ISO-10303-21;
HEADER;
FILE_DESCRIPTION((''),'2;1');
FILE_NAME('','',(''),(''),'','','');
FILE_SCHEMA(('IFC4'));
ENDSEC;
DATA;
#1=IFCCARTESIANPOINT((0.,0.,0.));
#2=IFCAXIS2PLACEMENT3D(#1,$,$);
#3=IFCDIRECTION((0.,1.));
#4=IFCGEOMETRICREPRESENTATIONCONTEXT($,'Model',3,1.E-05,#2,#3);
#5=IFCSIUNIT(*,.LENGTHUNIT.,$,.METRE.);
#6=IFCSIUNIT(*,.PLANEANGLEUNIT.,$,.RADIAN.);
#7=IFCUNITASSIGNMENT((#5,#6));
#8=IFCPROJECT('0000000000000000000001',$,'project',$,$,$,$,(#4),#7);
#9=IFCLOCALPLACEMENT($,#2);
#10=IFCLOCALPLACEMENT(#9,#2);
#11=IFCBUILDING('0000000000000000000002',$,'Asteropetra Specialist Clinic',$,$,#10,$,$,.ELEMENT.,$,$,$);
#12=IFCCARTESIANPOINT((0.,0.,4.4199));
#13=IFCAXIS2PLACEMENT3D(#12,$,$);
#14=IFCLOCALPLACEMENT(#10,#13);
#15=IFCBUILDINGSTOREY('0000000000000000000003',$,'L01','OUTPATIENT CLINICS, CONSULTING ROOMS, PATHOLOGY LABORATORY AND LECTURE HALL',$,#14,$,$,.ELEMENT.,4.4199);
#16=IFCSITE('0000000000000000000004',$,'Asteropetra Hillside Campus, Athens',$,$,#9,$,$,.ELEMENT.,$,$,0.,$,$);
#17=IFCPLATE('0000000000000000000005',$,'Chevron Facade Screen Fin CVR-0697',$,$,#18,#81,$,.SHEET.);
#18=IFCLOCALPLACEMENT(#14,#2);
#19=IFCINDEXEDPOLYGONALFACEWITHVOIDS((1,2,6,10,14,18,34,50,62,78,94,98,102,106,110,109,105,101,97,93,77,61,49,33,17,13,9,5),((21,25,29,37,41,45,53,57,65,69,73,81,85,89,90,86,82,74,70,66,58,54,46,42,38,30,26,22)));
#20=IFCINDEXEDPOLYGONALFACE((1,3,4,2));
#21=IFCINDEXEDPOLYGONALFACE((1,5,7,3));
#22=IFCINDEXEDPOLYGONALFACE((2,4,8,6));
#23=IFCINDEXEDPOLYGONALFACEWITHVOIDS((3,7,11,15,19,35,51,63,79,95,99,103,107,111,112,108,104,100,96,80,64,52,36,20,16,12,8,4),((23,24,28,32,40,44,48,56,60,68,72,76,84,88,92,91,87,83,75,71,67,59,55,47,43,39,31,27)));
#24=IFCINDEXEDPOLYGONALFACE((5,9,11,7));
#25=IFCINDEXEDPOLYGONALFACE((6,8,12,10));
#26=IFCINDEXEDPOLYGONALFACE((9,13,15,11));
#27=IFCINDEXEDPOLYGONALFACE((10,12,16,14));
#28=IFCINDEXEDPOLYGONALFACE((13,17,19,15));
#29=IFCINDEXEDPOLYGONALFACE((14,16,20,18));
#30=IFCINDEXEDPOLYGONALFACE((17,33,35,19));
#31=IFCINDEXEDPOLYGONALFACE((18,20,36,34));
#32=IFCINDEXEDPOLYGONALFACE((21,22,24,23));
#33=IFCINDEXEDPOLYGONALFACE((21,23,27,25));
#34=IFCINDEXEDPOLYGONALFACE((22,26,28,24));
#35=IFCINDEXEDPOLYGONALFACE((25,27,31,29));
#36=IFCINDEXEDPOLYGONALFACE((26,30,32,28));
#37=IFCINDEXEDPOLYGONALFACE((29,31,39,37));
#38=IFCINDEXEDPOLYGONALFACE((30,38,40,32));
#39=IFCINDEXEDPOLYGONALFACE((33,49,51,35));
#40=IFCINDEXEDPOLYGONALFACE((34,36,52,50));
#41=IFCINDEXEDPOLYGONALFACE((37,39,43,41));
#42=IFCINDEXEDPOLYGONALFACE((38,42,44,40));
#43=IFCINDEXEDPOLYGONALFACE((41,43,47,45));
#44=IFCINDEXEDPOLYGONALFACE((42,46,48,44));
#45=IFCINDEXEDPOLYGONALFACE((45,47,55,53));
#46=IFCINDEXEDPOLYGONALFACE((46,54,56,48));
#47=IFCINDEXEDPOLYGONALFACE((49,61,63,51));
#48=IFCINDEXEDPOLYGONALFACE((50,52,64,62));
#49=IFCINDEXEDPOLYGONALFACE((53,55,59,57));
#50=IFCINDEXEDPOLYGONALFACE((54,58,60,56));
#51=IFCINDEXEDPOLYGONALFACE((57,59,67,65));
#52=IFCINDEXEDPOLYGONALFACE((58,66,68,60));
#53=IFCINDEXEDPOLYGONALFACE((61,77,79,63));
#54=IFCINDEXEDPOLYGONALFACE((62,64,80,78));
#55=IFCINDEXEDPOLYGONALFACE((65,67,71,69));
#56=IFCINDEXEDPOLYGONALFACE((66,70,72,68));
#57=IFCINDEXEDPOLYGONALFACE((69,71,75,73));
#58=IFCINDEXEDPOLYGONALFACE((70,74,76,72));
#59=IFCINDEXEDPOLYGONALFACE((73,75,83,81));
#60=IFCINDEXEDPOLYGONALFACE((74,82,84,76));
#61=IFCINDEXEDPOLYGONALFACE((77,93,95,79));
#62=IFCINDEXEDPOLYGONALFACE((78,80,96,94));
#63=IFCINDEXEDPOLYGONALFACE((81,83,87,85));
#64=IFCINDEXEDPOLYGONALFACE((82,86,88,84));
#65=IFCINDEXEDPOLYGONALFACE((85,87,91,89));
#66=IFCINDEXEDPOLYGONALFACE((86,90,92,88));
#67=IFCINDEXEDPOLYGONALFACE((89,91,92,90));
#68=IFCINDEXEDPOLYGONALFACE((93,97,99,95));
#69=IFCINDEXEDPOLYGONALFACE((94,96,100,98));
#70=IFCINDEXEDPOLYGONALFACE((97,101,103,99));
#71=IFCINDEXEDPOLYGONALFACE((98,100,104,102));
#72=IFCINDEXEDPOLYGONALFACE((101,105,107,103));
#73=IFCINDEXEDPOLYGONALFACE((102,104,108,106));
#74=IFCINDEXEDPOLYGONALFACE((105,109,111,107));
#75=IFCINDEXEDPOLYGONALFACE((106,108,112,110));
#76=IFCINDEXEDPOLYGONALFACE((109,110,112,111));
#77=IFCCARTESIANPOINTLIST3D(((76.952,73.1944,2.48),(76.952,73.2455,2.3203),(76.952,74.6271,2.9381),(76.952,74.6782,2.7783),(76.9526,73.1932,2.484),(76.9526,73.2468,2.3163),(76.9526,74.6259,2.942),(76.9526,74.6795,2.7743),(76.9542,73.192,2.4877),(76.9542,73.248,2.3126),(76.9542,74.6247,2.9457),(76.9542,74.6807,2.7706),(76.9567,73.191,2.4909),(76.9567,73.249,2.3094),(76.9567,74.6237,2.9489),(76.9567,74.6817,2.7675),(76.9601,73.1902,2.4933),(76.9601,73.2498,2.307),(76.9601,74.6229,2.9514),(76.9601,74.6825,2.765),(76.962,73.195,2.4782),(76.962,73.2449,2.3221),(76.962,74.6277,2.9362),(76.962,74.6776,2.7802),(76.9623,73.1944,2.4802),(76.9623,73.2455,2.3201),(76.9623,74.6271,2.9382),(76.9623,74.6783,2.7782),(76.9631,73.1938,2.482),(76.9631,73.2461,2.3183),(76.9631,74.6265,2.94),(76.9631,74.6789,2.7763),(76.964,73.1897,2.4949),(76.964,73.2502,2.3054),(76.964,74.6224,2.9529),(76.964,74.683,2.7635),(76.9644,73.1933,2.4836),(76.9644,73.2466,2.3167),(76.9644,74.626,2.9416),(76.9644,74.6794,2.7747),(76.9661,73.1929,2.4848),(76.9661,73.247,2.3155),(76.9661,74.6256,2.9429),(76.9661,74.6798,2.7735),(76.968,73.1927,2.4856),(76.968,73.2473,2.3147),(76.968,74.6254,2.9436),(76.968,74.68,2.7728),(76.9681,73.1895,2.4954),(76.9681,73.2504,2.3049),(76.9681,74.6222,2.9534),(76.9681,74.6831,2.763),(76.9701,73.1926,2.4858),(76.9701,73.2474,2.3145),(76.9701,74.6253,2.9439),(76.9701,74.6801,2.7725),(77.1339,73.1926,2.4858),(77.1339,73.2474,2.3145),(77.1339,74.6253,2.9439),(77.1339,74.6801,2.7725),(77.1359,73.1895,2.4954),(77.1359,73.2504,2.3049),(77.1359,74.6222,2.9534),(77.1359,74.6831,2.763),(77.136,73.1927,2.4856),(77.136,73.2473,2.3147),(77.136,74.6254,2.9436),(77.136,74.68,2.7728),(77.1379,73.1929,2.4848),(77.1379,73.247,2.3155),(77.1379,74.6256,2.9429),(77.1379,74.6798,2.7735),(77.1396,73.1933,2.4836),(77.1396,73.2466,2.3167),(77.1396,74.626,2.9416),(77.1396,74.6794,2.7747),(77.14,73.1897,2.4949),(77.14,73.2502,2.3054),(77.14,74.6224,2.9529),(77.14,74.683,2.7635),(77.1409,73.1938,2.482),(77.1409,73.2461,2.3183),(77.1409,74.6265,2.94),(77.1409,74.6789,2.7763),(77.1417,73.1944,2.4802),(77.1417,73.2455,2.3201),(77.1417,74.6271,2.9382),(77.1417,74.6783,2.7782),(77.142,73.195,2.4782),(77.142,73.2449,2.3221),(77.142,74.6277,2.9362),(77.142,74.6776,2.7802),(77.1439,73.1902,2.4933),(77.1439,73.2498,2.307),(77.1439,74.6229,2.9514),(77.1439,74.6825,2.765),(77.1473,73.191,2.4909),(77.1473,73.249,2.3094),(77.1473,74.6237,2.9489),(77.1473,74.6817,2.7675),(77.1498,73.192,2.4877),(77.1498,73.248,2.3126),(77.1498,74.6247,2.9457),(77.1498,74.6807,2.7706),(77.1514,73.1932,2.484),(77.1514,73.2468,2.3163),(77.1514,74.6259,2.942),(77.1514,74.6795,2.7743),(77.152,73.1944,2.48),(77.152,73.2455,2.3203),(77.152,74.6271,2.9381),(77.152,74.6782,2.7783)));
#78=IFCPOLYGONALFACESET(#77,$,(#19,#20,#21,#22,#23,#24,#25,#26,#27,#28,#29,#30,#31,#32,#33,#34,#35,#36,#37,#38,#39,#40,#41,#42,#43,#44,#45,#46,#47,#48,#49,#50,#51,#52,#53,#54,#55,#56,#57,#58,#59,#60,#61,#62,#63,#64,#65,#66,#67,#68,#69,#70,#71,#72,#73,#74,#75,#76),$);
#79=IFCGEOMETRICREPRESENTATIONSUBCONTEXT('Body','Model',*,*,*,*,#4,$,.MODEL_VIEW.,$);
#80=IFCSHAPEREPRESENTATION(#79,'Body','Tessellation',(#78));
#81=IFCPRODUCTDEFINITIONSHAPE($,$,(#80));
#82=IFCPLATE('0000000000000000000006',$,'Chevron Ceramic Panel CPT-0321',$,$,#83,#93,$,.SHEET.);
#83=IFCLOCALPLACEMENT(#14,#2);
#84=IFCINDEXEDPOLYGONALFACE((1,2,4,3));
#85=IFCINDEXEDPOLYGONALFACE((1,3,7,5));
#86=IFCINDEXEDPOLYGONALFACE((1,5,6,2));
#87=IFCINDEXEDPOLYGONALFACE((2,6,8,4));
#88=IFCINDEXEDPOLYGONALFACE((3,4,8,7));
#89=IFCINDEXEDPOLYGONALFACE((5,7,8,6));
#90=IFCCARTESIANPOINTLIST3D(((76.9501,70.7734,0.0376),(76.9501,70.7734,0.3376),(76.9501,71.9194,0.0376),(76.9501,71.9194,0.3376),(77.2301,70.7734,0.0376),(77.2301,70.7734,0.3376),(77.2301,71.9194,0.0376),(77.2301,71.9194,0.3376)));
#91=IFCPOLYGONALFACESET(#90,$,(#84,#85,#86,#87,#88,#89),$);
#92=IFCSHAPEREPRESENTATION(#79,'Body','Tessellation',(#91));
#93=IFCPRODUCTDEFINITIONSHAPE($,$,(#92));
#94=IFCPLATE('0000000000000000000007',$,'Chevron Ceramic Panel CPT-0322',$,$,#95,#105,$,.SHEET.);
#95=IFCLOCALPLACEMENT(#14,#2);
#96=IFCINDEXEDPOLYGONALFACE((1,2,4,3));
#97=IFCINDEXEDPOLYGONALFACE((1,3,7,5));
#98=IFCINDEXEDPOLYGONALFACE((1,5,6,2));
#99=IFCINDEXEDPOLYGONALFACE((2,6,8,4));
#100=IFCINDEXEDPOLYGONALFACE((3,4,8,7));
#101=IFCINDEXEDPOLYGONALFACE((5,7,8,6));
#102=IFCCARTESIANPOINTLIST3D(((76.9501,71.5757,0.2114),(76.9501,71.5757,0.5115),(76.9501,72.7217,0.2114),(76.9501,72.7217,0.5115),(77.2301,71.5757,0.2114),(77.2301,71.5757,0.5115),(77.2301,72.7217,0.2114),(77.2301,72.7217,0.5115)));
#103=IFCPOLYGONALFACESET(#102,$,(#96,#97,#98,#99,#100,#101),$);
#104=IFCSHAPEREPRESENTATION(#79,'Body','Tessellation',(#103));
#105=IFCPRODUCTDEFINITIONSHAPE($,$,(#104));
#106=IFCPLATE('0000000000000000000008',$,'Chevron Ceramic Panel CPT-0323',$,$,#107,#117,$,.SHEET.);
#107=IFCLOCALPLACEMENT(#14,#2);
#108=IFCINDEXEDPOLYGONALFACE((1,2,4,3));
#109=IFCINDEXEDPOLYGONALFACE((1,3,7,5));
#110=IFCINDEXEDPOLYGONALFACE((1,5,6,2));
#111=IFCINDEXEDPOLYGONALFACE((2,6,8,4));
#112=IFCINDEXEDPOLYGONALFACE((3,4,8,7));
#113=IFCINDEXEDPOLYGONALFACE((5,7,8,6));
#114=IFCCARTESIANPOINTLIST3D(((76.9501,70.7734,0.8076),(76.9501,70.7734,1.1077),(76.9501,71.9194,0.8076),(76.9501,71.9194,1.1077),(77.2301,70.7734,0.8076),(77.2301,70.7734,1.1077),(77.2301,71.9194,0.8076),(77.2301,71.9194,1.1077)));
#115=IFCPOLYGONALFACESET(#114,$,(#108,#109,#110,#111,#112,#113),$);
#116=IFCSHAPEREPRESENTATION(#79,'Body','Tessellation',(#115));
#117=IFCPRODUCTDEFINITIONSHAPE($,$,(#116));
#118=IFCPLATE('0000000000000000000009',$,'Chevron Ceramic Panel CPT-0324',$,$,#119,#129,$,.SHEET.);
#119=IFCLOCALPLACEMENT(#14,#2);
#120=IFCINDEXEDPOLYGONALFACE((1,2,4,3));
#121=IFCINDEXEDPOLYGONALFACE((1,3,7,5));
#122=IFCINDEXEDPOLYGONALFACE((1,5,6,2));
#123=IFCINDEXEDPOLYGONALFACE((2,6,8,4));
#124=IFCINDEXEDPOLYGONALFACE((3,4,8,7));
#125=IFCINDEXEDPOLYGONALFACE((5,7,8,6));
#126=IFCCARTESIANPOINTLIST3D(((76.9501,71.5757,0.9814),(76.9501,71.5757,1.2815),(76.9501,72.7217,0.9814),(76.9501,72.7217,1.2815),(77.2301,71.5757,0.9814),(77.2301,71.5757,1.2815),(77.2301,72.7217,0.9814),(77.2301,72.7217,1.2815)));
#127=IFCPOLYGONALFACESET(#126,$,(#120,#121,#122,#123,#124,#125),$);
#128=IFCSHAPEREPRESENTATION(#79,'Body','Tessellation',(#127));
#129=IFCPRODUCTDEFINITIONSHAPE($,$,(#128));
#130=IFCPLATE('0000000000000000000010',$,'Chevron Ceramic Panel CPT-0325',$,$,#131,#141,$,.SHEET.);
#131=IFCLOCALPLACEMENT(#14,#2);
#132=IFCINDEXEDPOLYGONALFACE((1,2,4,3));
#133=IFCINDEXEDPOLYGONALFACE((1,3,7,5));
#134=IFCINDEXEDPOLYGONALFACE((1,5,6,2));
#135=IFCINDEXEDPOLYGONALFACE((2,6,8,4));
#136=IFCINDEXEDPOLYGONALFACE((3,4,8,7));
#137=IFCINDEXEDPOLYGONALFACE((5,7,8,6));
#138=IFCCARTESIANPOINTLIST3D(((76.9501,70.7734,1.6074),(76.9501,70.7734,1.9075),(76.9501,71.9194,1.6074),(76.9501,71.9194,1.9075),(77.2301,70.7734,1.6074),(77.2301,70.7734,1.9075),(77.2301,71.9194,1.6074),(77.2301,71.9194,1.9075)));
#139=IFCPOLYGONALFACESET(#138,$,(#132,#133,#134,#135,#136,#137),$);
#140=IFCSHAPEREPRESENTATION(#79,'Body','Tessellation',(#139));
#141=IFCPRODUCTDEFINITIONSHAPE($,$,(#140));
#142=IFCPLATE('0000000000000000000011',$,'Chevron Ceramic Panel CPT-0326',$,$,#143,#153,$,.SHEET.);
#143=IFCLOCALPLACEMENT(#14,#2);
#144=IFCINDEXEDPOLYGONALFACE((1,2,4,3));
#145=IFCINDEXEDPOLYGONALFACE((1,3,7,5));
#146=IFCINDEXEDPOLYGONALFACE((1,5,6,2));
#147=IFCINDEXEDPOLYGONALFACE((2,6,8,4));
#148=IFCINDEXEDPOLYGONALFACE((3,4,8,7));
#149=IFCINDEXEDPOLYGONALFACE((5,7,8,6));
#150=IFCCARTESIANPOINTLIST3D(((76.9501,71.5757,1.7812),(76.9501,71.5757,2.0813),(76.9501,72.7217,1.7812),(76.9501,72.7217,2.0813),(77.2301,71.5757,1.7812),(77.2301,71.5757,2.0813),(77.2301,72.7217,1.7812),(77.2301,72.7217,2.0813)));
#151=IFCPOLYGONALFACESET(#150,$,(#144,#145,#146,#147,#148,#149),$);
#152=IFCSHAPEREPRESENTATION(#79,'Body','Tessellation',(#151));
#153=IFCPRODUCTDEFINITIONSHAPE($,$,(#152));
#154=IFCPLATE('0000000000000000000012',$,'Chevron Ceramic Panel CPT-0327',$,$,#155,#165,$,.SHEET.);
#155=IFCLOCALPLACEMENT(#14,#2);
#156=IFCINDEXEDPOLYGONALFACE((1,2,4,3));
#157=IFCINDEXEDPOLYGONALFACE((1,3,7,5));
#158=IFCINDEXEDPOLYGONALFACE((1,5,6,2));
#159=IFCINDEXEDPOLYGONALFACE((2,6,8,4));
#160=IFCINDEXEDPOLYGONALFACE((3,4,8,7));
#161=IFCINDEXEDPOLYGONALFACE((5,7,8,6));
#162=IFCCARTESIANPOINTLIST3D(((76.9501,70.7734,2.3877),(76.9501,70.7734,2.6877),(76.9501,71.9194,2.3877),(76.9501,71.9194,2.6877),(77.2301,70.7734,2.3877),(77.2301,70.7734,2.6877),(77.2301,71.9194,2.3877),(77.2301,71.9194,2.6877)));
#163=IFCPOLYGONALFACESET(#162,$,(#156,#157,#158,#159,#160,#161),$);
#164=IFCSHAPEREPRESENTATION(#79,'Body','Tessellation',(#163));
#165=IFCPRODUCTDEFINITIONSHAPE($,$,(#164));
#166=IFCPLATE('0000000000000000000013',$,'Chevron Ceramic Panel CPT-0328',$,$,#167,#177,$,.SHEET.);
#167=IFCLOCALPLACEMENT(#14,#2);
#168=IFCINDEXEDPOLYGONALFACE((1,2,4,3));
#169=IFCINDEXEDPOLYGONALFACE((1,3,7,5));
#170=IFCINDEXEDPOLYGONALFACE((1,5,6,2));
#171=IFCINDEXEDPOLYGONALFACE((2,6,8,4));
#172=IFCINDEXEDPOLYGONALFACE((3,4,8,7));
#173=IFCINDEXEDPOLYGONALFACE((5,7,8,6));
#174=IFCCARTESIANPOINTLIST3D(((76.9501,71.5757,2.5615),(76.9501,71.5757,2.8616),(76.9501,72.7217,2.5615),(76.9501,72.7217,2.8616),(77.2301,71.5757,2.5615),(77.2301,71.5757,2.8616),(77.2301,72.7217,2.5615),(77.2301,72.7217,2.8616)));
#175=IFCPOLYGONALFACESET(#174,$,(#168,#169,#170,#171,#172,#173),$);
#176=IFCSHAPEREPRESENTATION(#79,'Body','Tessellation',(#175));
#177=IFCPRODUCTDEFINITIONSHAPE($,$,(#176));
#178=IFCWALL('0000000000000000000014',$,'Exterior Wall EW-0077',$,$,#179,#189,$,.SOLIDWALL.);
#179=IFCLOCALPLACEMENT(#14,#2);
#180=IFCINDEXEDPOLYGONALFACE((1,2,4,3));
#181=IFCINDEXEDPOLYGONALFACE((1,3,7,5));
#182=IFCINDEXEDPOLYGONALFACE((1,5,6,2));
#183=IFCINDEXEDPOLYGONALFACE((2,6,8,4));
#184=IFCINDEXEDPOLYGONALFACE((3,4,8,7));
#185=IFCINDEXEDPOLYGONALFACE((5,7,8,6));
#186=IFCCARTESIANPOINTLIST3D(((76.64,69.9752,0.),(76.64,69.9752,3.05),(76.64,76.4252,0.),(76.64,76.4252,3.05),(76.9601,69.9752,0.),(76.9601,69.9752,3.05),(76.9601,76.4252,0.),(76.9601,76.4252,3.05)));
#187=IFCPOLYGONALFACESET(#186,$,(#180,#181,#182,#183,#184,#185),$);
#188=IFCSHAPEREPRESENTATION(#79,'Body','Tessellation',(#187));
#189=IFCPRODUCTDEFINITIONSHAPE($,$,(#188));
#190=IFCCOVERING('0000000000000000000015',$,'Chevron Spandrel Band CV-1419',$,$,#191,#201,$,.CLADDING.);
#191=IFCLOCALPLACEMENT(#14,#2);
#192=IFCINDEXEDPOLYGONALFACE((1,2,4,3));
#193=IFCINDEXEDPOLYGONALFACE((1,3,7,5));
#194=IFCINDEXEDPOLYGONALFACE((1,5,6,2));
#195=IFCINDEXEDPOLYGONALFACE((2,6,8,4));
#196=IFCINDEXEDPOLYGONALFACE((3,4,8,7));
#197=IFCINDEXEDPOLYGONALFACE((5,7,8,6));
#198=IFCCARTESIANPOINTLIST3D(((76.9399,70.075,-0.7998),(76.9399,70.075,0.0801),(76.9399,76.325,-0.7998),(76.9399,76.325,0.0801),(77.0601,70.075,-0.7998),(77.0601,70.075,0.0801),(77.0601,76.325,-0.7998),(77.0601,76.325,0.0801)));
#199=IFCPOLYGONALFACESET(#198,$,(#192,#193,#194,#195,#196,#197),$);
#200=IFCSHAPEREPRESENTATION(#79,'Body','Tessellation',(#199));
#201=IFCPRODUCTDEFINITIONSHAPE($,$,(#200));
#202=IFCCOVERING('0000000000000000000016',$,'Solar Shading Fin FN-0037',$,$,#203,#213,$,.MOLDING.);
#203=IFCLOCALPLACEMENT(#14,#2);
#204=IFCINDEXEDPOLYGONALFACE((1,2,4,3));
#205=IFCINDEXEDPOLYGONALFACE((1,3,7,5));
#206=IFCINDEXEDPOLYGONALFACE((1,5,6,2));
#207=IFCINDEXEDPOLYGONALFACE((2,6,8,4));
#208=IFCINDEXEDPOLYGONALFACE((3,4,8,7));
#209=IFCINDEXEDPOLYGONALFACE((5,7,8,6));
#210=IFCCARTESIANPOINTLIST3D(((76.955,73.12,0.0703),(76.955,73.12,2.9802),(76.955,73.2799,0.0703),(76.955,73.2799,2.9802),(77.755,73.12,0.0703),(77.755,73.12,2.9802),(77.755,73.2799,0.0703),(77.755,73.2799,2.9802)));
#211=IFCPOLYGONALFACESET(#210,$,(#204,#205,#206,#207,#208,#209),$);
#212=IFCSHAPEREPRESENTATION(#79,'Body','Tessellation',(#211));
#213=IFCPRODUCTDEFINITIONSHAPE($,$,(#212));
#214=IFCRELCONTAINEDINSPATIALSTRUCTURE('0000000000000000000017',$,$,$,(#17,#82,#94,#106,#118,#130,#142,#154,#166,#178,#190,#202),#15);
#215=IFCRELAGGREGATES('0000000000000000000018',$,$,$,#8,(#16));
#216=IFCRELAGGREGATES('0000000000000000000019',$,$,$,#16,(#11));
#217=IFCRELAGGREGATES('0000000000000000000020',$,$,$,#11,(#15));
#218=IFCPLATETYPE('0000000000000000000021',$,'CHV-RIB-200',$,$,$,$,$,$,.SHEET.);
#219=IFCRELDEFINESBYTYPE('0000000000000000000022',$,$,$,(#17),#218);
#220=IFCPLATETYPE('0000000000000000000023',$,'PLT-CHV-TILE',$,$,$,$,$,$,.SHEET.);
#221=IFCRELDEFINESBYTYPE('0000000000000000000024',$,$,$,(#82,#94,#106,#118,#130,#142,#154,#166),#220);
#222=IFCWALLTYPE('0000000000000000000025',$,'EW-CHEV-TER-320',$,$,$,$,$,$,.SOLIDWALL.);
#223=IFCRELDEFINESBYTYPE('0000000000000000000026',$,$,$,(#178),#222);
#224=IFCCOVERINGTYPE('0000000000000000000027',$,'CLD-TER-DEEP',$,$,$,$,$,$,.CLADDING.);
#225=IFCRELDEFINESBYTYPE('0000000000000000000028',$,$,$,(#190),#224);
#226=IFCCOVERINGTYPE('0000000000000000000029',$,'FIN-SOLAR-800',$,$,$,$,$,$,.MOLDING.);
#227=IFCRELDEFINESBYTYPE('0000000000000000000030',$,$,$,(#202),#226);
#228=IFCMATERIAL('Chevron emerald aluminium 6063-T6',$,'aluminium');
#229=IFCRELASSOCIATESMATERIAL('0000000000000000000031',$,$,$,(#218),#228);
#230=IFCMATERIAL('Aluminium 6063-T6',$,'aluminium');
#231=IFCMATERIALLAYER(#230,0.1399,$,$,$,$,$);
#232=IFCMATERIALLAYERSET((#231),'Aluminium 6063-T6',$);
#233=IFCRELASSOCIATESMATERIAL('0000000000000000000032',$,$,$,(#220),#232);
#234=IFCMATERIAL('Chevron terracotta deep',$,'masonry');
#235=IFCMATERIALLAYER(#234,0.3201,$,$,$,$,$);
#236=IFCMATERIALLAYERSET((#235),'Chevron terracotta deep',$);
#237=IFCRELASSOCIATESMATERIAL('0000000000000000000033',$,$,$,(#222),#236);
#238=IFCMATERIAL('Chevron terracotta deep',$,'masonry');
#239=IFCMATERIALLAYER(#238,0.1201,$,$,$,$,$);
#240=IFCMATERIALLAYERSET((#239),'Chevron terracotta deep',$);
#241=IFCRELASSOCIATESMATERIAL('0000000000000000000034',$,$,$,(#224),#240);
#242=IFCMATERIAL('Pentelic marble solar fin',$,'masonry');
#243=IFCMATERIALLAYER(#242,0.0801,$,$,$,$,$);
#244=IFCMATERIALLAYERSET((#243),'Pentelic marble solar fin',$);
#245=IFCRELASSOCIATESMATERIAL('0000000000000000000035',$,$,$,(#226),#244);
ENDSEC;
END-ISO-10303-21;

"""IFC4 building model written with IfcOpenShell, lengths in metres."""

from ifc_helpers import new_model, si_unit, direction, frame, frame_2d, origin, origin_2d, place, context, subcontext, project, spatial, rectangle, hollow_rectangle, extrude, material, layer, layer_set, material_profile, profile_set, type_object, element, save


model = new_model("IFC4")

# Units and contexts
model_context = context("Model", 3, precision=1e-05, world=origin(), true_north=direction((0.0, 1.0)))
body_context = subcontext(model_context, "Body", "Model", "MODEL_VIEW")
ifc_project = project(units=[si_unit("LENGTHUNIT", "METRE"), si_unit("PLANEANGLEUNIT", "RADIAN")], contexts=[model_context])

# Site, building, storey
site_placement = place(None, origin())
site = spatial("IfcSite", under=ifc_project, at=site_placement, Name="Asteropetra Hillside Campus, Athens", CompositionType="ELEMENT", RefElevation=0.0)
building_placement = place(site_placement, origin())
building = spatial("IfcBuilding", under=site, at=building_placement, Name="Asteropetra Specialist Clinic", CompositionType="ELEMENT")
storey_placement = place(building_placement, frame((0.0, 0.0, 4.4199)))
storey = spatial("IfcBuildingStorey", under=building, at=storey_placement, Name="L01", Description="OUTPATIENT CLINICS, CONSULTING ROOMS, PATHOLOGY LABORATORY AND LECTURE HALL", CompositionType="ELEMENT", Elevation=4.4199)

# Plates
ifc_material_1 = material(Name="Chevron emerald aluminium 6063-T6", Category="aluminium")
ifc_material_profile = material_profile(ifc_material_1, hollow_rectangle(XDim=0.2, YDim=0.2, WallThickness=0.01, InnerFilletRadius=0.0081, OuterFilletRadius=0.0161, at=origin_2d()), Name="SHS 200x200x10.0")
ifc_profile_set = profile_set([ifc_material_profile], Name="Chevron emerald aluminium 6063-T6")
plate_type_1 = type_object("IfcPlateType", Name="CHV-RIB-200", PredefinedType="SHEET", material=ifc_profile_set)
for number, where, z_axis, x_axis, name in (
    (1, (77.052, 73.22, 2.4001), (0.0, 0.952507, 0.304517), (-1.0, 0.0, 0.0), "Chevron Facade Screen Fin CVR-0697"),
):
    element("IfcPlate", number, at=place(storey_placement, frame(where, z_axis=z_axis, x_axis=x_axis)), inside=storey, type_object=plate_type_1, Name=name, PredefinedType="SHEET", context=body_context, shape_type="SweptSolid", body=[
        extrude(hollow_rectangle(XDim=0.2, YDim=0.2, WallThickness=0.01, InnerFilletRadius=0.0081, OuterFilletRadius=0.0161, at=origin_2d()), origin(), (0.0, 0.0, 1.0), 1.5042),
    ])
ifc_material_2 = material(Name="Aluminium 6063-T6", Category="aluminium")
ifc_layer_1 = layer(ifc_material_2, 0.1399)
ifc_layer_set_1 = layer_set([ifc_layer_1], Name="Aluminium 6063-T6")
plate_type_2 = type_object("IfcPlateType", Name="PLT-CHV-TILE", PredefinedType="SHEET", material=ifc_layer_set_1)
for number, where, z_axis, x_axis, name in (
    (2, (77.0901, 71.3464, 0.0376), (0.0, 0.0, 1.0), (1.0, 0.0, 0.0), "Chevron Ceramic Panel CPT-0321"),
    (3, (77.0901, 72.1487, 0.2114), (0.0, 0.0, 1.0), (1.0, 0.0, 0.0), "Chevron Ceramic Panel CPT-0322"),
    (4, (77.0901, 71.3464, 0.8076), (0.0, 0.0, 1.0), (1.0, 0.0, 0.0), "Chevron Ceramic Panel CPT-0323"),
    (5, (77.0901, 72.1487, 0.9814), (0.0, 0.0, 1.0), (1.0, 0.0, 0.0), "Chevron Ceramic Panel CPT-0324"),
    (6, (77.0901, 71.3464, 1.6074), (0.0, 0.0, 1.0), (1.0, 0.0, 0.0), "Chevron Ceramic Panel CPT-0325"),
    (7, (77.0901, 72.1487, 1.7812), (0.0, 0.0, 1.0), (1.0, 0.0, 0.0), "Chevron Ceramic Panel CPT-0326"),
    (8, (77.0901, 71.3464, 2.3877), (0.0, 0.0, 1.0), (1.0, 0.0, 0.0), "Chevron Ceramic Panel CPT-0327"),
    (9, (77.0901, 72.1487, 2.5615), (0.0, 0.0, 1.0), (1.0, 0.0, 0.0), "Chevron Ceramic Panel CPT-0328"),
):
    element("IfcPlate", number, at=place(storey_placement, frame(where, z_axis=z_axis, x_axis=x_axis)), inside=storey, type_object=plate_type_2, Name=name, PredefinedType="SHEET", context=body_context, shape_type="SweptSolid", body=[
        extrude(rectangle(XDim=0.28, YDim=1.146, at=origin_2d()), origin(), (0.0, 0.0, 1.0), 0.3),
    ])

# Wall
ifc_material_3 = material(Name="Chevron terracotta deep", Category="masonry")
ifc_layer_2 = layer(ifc_material_3, 0.3201)
ifc_layer_set_2 = layer_set([ifc_layer_2], Name="Chevron terracotta deep")
wall_type = type_object("IfcWallType", Name="EW-CHEV-TER-320", PredefinedType="SOLIDWALL", material=ifc_layer_set_2)
wall_placement = place(storey_placement, frame((76.8, 69.9751, 0.0), z_axis=(0.0, 0.0, 1.0), x_axis=(0.0, 1.0, 0.0)))
element("IfcWall", 10, at=wall_placement, inside=storey, type_object=wall_type, Name="Exterior Wall EW-0077", PredefinedType="SOLIDWALL", context=body_context, shape_type="SweptSolid", body=[
    extrude(rectangle(XDim=6.45, YDim=0.3201, at=frame_2d((3.2251, 0.0))), origin(), (0.0, 0.0, 1.0), 3.05),
])

# Coverings
ifc_material_4 = material(Name="Chevron terracotta deep", Category="masonry")
ifc_layer_3 = layer(ifc_material_4, 0.1201)
ifc_layer_set_3 = layer_set([ifc_layer_3], Name="Chevron terracotta deep")
covering_type_1 = type_object("IfcCoveringType", Name="CLD-TER-DEEP", PredefinedType="CLADDING", material=ifc_layer_set_3)
covering_1_placement = place(storey_placement, frame((77.0, 73.2, -0.7998), z_axis=(0.0, 0.0, 1.0), x_axis=(1.0, 0.0, 0.0)))
element("IfcCovering", 11, at=covering_1_placement, inside=storey, type_object=covering_type_1, Name="Chevron Spandrel Band CV-1419", PredefinedType="CLADDING", context=body_context, shape_type="SweptSolid", body=[
    extrude(rectangle(XDim=0.1201, YDim=6.25, at=origin_2d()), origin(), (0.0, 0.0, 1.0), 0.8799),
])
ifc_material_5 = material(Name="Pentelic marble solar fin", Category="masonry")
ifc_layer_4 = layer(ifc_material_5, 0.0801)
ifc_layer_set_4 = layer_set([ifc_layer_4], Name="Pentelic marble solar fin")
covering_type_2 = type_object("IfcCoveringType", Name="FIN-SOLAR-800", PredefinedType="MOLDING", material=ifc_layer_set_4)
covering_2_placement = place(storey_placement, frame((77.355, 73.2, 0.0703), z_axis=(0.0, 0.0, 1.0), x_axis=(1.0, 0.0, 0.0)))
element("IfcCovering", 12, at=covering_2_placement, inside=storey, type_object=covering_type_2, Name="Solar Shading Fin FN-0037", PredefinedType="MOLDING", context=body_context, shape_type="SweptSolid", body=[
    extrude(rectangle(XDim=0.8, YDim=0.1599, at=origin_2d()), origin(), (0.0, 0.0, 1.0), 2.9099),
])

save(model, "model.ifc")
